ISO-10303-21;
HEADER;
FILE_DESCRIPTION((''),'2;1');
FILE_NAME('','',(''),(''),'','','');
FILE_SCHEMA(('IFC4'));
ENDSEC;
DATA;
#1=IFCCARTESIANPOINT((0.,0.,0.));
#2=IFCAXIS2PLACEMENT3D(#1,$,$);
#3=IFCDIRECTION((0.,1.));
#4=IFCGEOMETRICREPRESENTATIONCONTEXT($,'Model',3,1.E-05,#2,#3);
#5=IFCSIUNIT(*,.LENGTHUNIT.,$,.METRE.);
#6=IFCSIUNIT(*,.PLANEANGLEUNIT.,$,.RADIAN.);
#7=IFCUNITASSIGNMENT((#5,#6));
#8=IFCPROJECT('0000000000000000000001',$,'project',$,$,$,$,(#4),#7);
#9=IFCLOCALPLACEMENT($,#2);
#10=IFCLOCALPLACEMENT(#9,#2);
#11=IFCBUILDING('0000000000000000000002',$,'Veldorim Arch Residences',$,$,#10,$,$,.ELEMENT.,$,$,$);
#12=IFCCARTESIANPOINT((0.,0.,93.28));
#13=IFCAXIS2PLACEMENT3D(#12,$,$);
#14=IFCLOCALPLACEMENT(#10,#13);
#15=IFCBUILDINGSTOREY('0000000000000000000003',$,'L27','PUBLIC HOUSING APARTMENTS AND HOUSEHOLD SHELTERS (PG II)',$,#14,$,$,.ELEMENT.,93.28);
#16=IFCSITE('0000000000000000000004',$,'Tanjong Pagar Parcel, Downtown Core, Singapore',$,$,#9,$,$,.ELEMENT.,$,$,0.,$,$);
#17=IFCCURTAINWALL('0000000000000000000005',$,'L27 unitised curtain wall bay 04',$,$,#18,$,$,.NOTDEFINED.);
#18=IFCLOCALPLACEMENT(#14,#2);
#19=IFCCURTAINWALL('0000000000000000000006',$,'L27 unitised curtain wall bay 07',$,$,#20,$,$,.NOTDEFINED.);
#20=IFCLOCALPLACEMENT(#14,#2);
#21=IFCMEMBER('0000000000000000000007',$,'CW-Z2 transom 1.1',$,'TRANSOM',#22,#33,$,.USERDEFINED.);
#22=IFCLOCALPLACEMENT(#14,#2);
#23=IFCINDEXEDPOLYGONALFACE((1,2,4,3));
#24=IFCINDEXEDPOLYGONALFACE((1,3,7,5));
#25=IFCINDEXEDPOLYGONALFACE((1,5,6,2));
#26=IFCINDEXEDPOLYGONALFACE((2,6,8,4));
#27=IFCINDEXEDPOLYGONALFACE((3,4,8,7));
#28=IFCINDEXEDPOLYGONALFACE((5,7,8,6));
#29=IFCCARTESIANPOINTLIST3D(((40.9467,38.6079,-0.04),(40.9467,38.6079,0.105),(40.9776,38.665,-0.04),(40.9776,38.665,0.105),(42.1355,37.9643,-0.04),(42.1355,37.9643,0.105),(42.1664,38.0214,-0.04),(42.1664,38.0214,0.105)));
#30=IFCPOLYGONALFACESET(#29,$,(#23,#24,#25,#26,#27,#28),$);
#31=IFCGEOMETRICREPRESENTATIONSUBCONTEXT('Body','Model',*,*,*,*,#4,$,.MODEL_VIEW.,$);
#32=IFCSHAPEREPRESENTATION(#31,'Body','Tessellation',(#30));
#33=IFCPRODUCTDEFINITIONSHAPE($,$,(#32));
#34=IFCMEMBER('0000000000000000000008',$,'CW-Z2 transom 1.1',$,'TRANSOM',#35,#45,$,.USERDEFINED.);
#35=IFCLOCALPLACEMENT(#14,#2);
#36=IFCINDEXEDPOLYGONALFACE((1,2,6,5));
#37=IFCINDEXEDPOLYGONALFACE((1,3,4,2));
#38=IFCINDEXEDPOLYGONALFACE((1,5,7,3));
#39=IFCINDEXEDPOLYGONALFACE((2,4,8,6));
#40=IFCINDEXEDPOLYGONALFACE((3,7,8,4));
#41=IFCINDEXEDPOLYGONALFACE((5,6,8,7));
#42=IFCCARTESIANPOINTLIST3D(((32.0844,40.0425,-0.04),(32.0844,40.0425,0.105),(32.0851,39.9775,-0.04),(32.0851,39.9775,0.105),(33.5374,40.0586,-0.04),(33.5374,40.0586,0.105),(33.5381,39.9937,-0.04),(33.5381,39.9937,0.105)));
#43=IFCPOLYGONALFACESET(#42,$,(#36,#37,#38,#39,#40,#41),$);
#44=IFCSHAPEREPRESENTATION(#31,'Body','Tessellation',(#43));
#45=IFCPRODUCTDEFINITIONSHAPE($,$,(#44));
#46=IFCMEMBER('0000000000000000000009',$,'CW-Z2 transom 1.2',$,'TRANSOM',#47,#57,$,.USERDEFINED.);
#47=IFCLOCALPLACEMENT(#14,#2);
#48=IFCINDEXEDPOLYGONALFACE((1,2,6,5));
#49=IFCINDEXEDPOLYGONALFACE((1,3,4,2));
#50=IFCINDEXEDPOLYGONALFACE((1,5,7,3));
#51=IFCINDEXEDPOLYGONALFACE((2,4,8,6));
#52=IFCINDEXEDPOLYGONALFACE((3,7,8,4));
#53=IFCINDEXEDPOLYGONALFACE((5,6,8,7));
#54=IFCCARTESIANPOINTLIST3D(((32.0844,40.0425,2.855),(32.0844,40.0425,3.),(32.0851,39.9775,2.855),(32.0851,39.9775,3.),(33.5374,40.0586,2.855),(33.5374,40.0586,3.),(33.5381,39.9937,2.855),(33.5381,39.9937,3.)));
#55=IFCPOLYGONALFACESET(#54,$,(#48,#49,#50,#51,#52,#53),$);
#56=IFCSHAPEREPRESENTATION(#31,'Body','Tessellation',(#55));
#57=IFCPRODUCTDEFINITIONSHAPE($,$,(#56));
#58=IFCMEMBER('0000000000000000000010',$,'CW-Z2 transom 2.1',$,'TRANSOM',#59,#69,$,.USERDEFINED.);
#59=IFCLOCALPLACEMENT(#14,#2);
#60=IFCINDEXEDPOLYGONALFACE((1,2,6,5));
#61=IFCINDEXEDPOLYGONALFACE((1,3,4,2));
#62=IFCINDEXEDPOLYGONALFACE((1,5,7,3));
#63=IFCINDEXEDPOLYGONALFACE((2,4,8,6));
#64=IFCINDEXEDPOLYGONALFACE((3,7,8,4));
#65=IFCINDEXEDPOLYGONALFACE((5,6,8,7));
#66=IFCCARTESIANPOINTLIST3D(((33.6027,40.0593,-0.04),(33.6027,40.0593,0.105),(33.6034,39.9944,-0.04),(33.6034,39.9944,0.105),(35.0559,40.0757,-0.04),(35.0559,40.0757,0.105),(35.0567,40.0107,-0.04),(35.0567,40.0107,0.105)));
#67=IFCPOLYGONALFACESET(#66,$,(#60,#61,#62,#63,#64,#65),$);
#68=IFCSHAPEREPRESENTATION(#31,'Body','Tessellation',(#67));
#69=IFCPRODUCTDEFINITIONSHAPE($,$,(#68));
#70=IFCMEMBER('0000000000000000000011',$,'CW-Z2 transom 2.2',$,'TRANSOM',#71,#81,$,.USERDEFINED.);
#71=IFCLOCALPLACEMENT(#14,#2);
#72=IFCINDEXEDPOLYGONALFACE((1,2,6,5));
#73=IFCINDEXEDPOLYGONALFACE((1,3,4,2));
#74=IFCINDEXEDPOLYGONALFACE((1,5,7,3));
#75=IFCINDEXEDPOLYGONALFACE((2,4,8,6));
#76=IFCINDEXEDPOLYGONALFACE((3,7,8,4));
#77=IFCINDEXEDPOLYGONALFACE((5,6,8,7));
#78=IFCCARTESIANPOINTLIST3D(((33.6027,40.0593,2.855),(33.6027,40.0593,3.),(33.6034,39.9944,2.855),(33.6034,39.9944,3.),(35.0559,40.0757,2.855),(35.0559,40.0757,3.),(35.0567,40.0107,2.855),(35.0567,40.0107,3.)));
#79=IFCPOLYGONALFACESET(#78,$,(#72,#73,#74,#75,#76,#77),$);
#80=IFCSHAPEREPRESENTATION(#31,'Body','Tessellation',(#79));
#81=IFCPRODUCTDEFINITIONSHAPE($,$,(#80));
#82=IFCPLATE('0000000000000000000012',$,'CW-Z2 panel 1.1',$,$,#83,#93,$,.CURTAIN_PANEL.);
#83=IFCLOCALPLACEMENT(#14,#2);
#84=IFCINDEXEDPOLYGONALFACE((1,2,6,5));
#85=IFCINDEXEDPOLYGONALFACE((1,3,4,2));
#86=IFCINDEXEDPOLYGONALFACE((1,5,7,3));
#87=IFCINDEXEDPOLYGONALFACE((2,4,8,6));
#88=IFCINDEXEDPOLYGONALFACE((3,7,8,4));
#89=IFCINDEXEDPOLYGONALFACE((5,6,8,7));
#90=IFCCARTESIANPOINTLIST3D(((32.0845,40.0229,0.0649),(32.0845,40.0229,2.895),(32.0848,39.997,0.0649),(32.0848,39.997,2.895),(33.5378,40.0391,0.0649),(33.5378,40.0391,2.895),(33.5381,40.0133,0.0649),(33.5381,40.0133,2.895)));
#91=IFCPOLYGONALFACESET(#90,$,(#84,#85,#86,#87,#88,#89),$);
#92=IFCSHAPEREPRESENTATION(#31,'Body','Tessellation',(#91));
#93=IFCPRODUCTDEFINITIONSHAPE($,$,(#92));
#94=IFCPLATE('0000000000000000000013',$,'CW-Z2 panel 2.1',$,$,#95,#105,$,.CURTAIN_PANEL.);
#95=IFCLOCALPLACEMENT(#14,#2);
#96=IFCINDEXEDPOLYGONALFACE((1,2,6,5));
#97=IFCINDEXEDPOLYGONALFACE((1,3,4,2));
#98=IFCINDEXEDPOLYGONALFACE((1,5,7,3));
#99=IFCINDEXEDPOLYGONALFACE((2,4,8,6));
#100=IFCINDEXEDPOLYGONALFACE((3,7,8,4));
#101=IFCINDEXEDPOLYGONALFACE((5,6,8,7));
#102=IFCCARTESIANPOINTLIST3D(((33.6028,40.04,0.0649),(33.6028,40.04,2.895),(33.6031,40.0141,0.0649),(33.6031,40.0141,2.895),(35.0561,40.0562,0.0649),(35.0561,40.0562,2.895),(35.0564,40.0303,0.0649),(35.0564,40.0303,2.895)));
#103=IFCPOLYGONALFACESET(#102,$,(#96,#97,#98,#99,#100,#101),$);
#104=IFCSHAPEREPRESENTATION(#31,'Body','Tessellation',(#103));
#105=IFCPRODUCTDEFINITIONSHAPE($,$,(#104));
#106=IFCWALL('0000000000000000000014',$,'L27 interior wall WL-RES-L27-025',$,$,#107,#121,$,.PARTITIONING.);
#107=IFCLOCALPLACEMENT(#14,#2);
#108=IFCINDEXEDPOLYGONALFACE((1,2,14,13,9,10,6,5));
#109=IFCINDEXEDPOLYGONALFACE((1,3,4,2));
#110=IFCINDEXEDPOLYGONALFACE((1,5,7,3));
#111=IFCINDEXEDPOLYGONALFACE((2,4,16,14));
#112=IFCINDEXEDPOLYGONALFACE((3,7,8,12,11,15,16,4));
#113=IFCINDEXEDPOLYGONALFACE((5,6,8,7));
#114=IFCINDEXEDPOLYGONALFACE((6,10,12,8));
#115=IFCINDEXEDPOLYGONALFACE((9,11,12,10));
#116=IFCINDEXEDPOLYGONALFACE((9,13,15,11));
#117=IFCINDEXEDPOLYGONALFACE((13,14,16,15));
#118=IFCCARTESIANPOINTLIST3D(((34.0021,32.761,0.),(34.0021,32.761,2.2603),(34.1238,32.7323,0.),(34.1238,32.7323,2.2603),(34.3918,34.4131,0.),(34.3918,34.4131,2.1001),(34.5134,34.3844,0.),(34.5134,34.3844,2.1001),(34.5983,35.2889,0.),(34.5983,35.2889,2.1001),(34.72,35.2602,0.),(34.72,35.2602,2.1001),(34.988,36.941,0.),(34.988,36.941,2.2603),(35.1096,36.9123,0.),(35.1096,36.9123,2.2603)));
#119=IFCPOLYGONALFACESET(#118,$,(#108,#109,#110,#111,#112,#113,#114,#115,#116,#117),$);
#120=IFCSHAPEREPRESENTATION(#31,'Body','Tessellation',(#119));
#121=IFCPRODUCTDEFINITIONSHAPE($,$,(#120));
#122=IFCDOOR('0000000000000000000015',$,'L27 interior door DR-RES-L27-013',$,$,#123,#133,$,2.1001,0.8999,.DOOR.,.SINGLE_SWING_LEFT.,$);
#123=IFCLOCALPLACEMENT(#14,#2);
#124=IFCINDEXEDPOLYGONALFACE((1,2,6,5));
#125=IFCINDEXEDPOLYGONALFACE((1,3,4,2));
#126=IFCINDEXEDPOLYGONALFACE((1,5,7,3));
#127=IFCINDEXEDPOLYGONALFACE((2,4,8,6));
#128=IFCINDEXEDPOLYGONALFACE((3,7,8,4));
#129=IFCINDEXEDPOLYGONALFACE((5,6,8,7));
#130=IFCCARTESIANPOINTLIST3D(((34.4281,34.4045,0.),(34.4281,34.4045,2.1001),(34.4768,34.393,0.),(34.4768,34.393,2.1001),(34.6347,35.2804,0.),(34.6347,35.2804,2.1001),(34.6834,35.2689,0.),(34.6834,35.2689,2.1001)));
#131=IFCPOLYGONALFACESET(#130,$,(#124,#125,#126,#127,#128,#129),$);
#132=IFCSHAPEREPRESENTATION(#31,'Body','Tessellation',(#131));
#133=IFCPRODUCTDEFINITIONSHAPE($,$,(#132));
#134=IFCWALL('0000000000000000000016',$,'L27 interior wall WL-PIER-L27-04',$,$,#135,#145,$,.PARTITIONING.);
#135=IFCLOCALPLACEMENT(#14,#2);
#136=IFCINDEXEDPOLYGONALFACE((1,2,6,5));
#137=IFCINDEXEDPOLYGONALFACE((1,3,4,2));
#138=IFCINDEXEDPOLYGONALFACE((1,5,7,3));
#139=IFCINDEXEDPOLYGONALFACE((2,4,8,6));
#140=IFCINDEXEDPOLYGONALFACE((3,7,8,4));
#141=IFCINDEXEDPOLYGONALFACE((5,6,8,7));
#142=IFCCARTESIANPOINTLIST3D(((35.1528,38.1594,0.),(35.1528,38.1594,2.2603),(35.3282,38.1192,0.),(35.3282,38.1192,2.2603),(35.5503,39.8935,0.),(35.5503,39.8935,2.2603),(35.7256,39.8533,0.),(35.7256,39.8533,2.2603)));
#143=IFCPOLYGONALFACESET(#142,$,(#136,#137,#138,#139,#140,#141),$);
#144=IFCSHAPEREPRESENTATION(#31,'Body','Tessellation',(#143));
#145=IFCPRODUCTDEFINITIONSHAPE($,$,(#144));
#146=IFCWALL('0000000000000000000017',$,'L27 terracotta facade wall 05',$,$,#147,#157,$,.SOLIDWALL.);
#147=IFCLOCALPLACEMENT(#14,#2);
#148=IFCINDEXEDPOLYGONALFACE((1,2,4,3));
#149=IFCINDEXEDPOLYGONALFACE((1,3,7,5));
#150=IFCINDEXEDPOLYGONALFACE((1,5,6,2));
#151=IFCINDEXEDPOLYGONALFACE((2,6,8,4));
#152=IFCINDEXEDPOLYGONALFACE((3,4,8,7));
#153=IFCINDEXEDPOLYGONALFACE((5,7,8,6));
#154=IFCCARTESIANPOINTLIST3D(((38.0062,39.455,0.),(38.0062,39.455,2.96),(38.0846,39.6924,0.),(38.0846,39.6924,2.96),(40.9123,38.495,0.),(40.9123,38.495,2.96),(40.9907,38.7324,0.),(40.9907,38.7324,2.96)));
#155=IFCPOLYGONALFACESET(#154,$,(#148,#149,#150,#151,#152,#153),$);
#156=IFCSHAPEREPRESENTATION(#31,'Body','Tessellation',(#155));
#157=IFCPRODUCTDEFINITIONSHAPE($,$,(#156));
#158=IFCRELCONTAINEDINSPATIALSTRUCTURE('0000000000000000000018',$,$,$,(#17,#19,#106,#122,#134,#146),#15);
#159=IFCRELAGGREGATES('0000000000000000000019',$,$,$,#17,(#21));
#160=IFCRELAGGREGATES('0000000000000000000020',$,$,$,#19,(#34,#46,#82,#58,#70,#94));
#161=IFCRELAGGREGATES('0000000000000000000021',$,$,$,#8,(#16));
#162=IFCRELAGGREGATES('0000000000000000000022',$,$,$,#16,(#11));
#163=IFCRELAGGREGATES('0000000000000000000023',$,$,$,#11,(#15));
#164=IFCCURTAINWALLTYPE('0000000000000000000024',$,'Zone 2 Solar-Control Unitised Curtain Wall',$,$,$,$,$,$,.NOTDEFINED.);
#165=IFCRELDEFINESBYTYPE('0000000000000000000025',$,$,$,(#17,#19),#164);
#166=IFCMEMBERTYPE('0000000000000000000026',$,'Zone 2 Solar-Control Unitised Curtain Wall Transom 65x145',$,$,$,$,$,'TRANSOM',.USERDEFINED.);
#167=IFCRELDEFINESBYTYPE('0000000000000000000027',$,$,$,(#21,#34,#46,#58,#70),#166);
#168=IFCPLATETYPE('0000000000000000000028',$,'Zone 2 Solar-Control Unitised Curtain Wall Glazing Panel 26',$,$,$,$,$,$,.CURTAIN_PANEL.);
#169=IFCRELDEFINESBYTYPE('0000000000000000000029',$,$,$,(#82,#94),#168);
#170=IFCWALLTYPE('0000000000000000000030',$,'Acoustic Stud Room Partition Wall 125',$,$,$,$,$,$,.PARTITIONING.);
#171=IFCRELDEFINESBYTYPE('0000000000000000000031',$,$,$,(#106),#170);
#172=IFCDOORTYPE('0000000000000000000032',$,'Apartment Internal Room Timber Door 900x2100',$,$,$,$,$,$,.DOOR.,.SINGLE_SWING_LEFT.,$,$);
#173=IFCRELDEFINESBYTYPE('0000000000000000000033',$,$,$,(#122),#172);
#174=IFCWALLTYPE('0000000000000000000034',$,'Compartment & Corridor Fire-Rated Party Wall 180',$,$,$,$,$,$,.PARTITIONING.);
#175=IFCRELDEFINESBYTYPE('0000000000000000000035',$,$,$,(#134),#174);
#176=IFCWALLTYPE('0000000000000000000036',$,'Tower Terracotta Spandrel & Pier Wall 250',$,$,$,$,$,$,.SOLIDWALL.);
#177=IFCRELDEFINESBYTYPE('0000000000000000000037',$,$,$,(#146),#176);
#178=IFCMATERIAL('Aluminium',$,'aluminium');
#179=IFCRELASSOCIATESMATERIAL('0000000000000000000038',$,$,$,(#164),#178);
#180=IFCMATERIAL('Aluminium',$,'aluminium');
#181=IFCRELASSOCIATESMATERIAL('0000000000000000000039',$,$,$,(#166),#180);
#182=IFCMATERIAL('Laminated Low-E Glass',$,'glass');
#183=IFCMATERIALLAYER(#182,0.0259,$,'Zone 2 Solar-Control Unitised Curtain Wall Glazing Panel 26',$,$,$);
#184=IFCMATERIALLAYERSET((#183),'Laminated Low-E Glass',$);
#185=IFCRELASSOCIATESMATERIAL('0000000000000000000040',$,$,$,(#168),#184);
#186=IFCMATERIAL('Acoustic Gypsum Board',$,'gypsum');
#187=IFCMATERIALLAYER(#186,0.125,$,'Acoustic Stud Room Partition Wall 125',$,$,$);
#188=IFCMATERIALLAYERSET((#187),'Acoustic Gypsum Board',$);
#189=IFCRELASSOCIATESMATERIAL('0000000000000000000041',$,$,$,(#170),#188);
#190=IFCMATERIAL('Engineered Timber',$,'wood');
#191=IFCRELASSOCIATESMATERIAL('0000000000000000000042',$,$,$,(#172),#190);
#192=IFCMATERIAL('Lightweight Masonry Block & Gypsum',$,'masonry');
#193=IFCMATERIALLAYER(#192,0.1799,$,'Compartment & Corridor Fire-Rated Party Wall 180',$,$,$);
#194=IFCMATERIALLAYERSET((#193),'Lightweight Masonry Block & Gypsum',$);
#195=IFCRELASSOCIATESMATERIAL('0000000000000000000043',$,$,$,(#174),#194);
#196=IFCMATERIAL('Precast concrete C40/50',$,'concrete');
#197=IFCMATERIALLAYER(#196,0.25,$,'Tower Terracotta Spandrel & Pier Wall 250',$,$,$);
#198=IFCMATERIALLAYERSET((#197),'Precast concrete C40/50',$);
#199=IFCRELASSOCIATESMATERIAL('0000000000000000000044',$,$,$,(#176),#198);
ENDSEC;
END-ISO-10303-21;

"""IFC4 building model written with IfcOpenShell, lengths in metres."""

from ifc_helpers import new_model, si_unit, direction, frame, frame_2d, origin, origin_2d, place, context, subcontext, project, spatial, rectangle, extrude, material, layer, layer_set, material_profile, profile_set, type_object, element, fill, aggregate, save


model = new_model("IFC4")

# Units and contexts
model_context = context("Model", 3, precision=1e-05, world=origin(), true_north=direction((0.0, 1.0)))
body_context = subcontext(model_context, "Body", "Model", "MODEL_VIEW")
ifc_project = project(units=[si_unit("LENGTHUNIT", "METRE"), si_unit("PLANEANGLEUNIT", "RADIAN")], contexts=[model_context])

# Site, building, storey
site_placement = place(None, origin())
site = spatial("IfcSite", under=ifc_project, at=site_placement, Name="Tanjong Pagar Parcel, Downtown Core, Singapore", CompositionType="ELEMENT", RefElevation=0.0)
building_placement = place(site_placement, origin())
building = spatial("IfcBuilding", under=site, at=building_placement, Name="Veldorim Arch Residences", CompositionType="ELEMENT")
storey_placement = place(building_placement, frame((0.0, 0.0, 93.28)))
storey = spatial("IfcBuildingStorey", under=building, at=storey_placement, Name="L27", Description="PUBLIC HOUSING APARTMENTS AND HOUSEHOLD SHELTERS (PG II)", CompositionType="ELEMENT", Elevation=93.28)

# Curtain wall
ifc_material_1 = material(Name="Aluminium", Category="aluminium")
curtain_wall_type = type_object("IfcCurtainWallType", Name="Zone 2 Solar-Control Unitised Curtain Wall", PredefinedType="NOTDEFINED", material=ifc_material_1)
curtain_wall_1_placement = place(storey_placement, origin())
curtain_wall_1 = element("IfcCurtainWall", 1, at=curtain_wall_1_placement, inside=storey, type_object=curtain_wall_type, Name="L27 unitised curtain wall bay 04", PredefinedType="NOTDEFINED")

# Curtain wall
curtain_wall_2_placement = place(storey_placement, origin())
curtain_wall_2 = element("IfcCurtainWall", 2, at=curtain_wall_2_placement, inside=storey, type_object=curtain_wall_type, Name="L27 unitised curtain wall bay 07", PredefinedType="NOTDEFINED")

# Members
ifc_material_2 = material(Name="Aluminium", Category="aluminium")
ifc_material_profile_1 = material_profile(ifc_material_2, rectangle(XDim=0.0649, YDim=0.145, at=origin_2d()), Name="ALU_TRN_65x145")
ifc_profile_set_1 = profile_set([ifc_material_profile_1], Name="Aluminium")
member_type_1 = type_object("IfcMemberType", Name="Zone 2 Solar-Control Unitised Curtain Wall Transom 65x145", ElementType="TRANSOM", PredefinedType="USERDEFINED", material=ifc_profile_set_1)
member_1_placement = place(storey_placement, frame((40.9622, 38.6365, 0.0325), z_axis=(0.879396, -0.476091, 0.0), x_axis=(0.476091, 0.879396, 0.0)))
member_1 = element("IfcMember", 3, at=member_1_placement, type_object=member_type_1, Name="CW-Z2 transom 1.1", ObjectType="TRANSOM", PredefinedType="USERDEFINED", context=body_context, shape_type="SweptSolid", body=[
    extrude(rectangle(XDim=0.0649, YDim=0.145, at=origin_2d()), origin(), (0.0, 0.0, 1.0), 1.3518),
])
aggregate(curtain_wall_1, [member_1])
member_2_placement = place(storey_placement, frame((32.0847, 40.01, 0.0325), z_axis=(0.999939, 0.011088, 0.0), x_axis=(-0.011088, 0.999939, 0.0)))
member_2 = element("IfcMember", 4, at=member_2_placement, type_object=member_type_1, Name="CW-Z2 transom 1.1", ObjectType="TRANSOM", PredefinedType="USERDEFINED", context=body_context, shape_type="SweptSolid", body=[
    extrude(rectangle(XDim=0.0649, YDim=0.145, at=origin_2d()), origin(), (0.0, 0.0, 1.0), 1.4531),
])
member_3_placement = place(storey_placement, frame((32.0847, 40.01, 2.9275), z_axis=(0.999939, 0.011088, 0.0), x_axis=(-0.011088, 0.999939, 0.0)))
member_3 = element("IfcMember", 5, at=member_3_placement, type_object=member_type_1, Name="CW-Z2 transom 1.2", ObjectType="TRANSOM", PredefinedType="USERDEFINED", context=body_context, shape_type="SweptSolid", body=[
    extrude(rectangle(XDim=0.0649, YDim=0.145, at=origin_2d()), origin(), (0.0, 0.0, 1.0), 1.4531),
])
member_4_placement = place(storey_placement, frame((33.603, 40.0269, 0.0325), z_axis=(0.999937, 0.011254, 0.0), x_axis=(-0.011254, 0.999937, 0.0)))
member_4 = element("IfcMember", 6, at=member_4_placement, type_object=member_type_1, Name="CW-Z2 transom 2.1", ObjectType="TRANSOM", PredefinedType="USERDEFINED", context=body_context, shape_type="SweptSolid", body=[
    extrude(rectangle(XDim=0.0649, YDim=0.145, at=origin_2d()), origin(), (0.0, 0.0, 1.0), 1.4534),
])
member_5_placement = place(storey_placement, frame((33.603, 40.0269, 2.9275), z_axis=(0.999937, 0.011254, 0.0), x_axis=(-0.011254, 0.999937, 0.0)))
member_5 = element("IfcMember", 7, at=member_5_placement, type_object=member_type_1, Name="CW-Z2 transom 2.2", ObjectType="TRANSOM", PredefinedType="USERDEFINED", context=body_context, shape_type="SweptSolid", body=[
    extrude(rectangle(XDim=0.0649, YDim=0.145, at=origin_2d()), origin(), (0.0, 0.0, 1.0), 1.4534),
])

# Plates
ifc_material_3 = material(Name="Laminated Low-E Glass", Category="glass")
ifc_layer_1 = layer(ifc_material_3, 0.0259, Name="Zone 2 Solar-Control Unitised Curtain Wall Glazing Panel 26")
ifc_layer_set_1 = layer_set([ifc_layer_1], Name="Laminated Low-E Glass")
plate_type = type_object("IfcPlateType", Name="Zone 2 Solar-Control Unitised Curtain Wall Glazing Panel 26", PredefinedType="CURTAIN_PANEL", material=ifc_layer_set_1)
plate_1_placement = place(storey_placement, frame((32.8113, 40.0181, 0.0649), z_axis=(0.0, 0.0, 1.0), x_axis=(0.999937, 0.011187, 0.0)))
plate_1 = element("IfcPlate", 8, at=plate_1_placement, type_object=plate_type, Name="CW-Z2 panel 1.1", PredefinedType="CURTAIN_PANEL", context=body_context, shape_type="SweptSolid", body=[
    extrude(rectangle(XDim=1.4534, YDim=0.0259, at=origin_2d()), origin(), (0.0, 0.0, 1.0), 2.8301),
])
plate_2_placement = place(storey_placement, frame((34.3296, 40.0352, 0.0649), z_axis=(0.0, 0.0, 1.0), x_axis=(0.999937, 0.011187, 0.0)))
plate_2 = element("IfcPlate", 9, at=plate_2_placement, type_object=plate_type, Name="CW-Z2 panel 2.1", PredefinedType="CURTAIN_PANEL", context=body_context, shape_type="SweptSolid", body=[
    extrude(rectangle(XDim=1.4534, YDim=0.0259, at=origin_2d()), origin(), (0.0, 0.0, 1.0), 2.8301),
])
aggregate(curtain_wall_2, [member_2, member_3, plate_1, member_4, member_5, plate_2])

# Wall, opening, door
ifc_material_4 = material(Name="Acoustic Gypsum Board", Category="gypsum")
ifc_layer_2 = layer(ifc_material_4, 0.125, Name="Acoustic Stud Room Partition Wall 125")
ifc_layer_set_2 = layer_set([ifc_layer_2], Name="Acoustic Gypsum Board")
wall_type_1 = type_object("IfcWallType", Name="Acoustic Stud Room Partition Wall 125", PredefinedType="PARTITIONING", material=ifc_layer_set_2)
wall_1_placement = place(storey_placement, frame((35.0488, 36.9268, 0.0), z_axis=(0.0, 0.0, 1.0), x_axis=(-0.229553, -0.973296, 0.0)))
wall_1 = element("IfcWall", 10, at=wall_1_placement, inside=storey, type_object=wall_type_1, Name="L27 interior wall WL-RES-L27-025", PredefinedType="PARTITIONING", context=body_context, shape_type="SweptSolid", body=[
    extrude(rectangle(XDim=4.2947, YDim=0.125, at=frame_2d((2.1475, 0.0))), origin(), (0.0, 0.0, 1.0), 2.2603),
])
opening_1_placement = place(wall_1_placement, frame((1.6975, 0.0, 0.0)))
opening_1 = element("IfcOpeningElement", 11, at=opening_1_placement, cuts=wall_1, PredefinedType="OPENING", context=body_context, shape_type="SweptSolid", body=[
    extrude(rectangle(XDim=0.8999, YDim=2.1001, at=frame_2d((0.45, 1.05))), frame((0.0, 0.0725, 0.0), z_axis=(0.0, -1.0, 0.0), x_axis=(1.0, 0.0, 0.0)), (0.0, 0.0, 1.0), 0.145),
])
ifc_material_5 = material(Name="Engineered Timber", Category="wood")
door_type = type_object("IfcDoorType", Name="Apartment Internal Room Timber Door 900x2100", OperationType="SINGLE_SWING_LEFT", PredefinedType="DOOR", material=ifc_material_5)
door_placement = place(opening_1_placement, origin())
door = element("IfcDoor", 12, at=door_placement, inside=storey, type_object=door_type, Name="L27 interior door DR-RES-L27-013", OperationType="SINGLE_SWING_LEFT", OverallHeight=2.1001, OverallWidth=0.8999, PredefinedType="DOOR", context=body_context, shape_type="SweptSolid", body=[
    extrude(rectangle(XDim=0.8999, YDim=2.1001, at=frame_2d((0.45, 1.05))), frame((0.0, 0.0249, 0.0), z_axis=(0.0, -1.0, 0.0), x_axis=(1.0, 0.0, 0.0)), (0.0, 0.0, 1.0), 0.05),
])
fill(opening_1, door)

# Walls
ifc_material_6 = material(Name="Lightweight Masonry Block & Gypsum", Category="masonry")
ifc_layer_3 = layer(ifc_material_6, 0.1799, Name="Compartment & Corridor Fire-Rated Party Wall 180")
ifc_layer_set_3 = layer_set([ifc_layer_3], Name="Lightweight Masonry Block & Gypsum")
wall_type_2 = type_object("IfcWallType", Name="Compartment & Corridor Fire-Rated Party Wall 180", PredefinedType="PARTITIONING", material=ifc_layer_set_3)
wall_2_placement = place(storey_placement, frame((35.2405, 38.1392, 0.0), z_axis=(0.0, 0.0, 1.0), x_axis=(0.223406, 0.974725, 0.0)))
element("IfcWall", 13, at=wall_2_placement, inside=storey, type_object=wall_type_2, Name="L27 interior wall WL-PIER-L27-04", PredefinedType="PARTITIONING", context=body_context, shape_type="SweptSolid", body=[
    extrude(rectangle(XDim=1.7791, YDim=0.1799, at=frame_2d((0.8896, 0.0))), origin(), (0.0, 0.0, 1.0), 2.2603),
])
ifc_material_7 = material(Name="Precast concrete C40/50", Category="concrete")
ifc_layer_4 = layer(ifc_material_7, 0.25, Name="Tower Terracotta Spandrel & Pier Wall 250")
ifc_layer_set_4 = layer_set([ifc_layer_4], Name="Precast concrete C40/50")
wall_type_3 = type_object("IfcWallType", Name="Tower Terracotta Spandrel & Pier Wall 250", PredefinedType="SOLIDWALL", material=ifc_layer_set_4)
wall_3_placement = place(storey_placement, frame((38.0454, 39.5737, 0.0), z_axis=(0.0, 0.0, 1.0), x_axis=(0.949533, -0.313666, 0.0)))
element("IfcWall", 14, at=wall_3_placement, inside=storey, type_object=wall_type_3, Name="L27 terracotta facade wall 05", PredefinedType="SOLIDWALL", context=body_context, shape_type="SweptSolid", body=[
    extrude(rectangle(XDim=3.0605, YDim=0.25, at=frame_2d((1.5303, 0.0))), origin(), (0.0, 0.0, 1.0), 2.96),
])

save(model, "model.ifc")
